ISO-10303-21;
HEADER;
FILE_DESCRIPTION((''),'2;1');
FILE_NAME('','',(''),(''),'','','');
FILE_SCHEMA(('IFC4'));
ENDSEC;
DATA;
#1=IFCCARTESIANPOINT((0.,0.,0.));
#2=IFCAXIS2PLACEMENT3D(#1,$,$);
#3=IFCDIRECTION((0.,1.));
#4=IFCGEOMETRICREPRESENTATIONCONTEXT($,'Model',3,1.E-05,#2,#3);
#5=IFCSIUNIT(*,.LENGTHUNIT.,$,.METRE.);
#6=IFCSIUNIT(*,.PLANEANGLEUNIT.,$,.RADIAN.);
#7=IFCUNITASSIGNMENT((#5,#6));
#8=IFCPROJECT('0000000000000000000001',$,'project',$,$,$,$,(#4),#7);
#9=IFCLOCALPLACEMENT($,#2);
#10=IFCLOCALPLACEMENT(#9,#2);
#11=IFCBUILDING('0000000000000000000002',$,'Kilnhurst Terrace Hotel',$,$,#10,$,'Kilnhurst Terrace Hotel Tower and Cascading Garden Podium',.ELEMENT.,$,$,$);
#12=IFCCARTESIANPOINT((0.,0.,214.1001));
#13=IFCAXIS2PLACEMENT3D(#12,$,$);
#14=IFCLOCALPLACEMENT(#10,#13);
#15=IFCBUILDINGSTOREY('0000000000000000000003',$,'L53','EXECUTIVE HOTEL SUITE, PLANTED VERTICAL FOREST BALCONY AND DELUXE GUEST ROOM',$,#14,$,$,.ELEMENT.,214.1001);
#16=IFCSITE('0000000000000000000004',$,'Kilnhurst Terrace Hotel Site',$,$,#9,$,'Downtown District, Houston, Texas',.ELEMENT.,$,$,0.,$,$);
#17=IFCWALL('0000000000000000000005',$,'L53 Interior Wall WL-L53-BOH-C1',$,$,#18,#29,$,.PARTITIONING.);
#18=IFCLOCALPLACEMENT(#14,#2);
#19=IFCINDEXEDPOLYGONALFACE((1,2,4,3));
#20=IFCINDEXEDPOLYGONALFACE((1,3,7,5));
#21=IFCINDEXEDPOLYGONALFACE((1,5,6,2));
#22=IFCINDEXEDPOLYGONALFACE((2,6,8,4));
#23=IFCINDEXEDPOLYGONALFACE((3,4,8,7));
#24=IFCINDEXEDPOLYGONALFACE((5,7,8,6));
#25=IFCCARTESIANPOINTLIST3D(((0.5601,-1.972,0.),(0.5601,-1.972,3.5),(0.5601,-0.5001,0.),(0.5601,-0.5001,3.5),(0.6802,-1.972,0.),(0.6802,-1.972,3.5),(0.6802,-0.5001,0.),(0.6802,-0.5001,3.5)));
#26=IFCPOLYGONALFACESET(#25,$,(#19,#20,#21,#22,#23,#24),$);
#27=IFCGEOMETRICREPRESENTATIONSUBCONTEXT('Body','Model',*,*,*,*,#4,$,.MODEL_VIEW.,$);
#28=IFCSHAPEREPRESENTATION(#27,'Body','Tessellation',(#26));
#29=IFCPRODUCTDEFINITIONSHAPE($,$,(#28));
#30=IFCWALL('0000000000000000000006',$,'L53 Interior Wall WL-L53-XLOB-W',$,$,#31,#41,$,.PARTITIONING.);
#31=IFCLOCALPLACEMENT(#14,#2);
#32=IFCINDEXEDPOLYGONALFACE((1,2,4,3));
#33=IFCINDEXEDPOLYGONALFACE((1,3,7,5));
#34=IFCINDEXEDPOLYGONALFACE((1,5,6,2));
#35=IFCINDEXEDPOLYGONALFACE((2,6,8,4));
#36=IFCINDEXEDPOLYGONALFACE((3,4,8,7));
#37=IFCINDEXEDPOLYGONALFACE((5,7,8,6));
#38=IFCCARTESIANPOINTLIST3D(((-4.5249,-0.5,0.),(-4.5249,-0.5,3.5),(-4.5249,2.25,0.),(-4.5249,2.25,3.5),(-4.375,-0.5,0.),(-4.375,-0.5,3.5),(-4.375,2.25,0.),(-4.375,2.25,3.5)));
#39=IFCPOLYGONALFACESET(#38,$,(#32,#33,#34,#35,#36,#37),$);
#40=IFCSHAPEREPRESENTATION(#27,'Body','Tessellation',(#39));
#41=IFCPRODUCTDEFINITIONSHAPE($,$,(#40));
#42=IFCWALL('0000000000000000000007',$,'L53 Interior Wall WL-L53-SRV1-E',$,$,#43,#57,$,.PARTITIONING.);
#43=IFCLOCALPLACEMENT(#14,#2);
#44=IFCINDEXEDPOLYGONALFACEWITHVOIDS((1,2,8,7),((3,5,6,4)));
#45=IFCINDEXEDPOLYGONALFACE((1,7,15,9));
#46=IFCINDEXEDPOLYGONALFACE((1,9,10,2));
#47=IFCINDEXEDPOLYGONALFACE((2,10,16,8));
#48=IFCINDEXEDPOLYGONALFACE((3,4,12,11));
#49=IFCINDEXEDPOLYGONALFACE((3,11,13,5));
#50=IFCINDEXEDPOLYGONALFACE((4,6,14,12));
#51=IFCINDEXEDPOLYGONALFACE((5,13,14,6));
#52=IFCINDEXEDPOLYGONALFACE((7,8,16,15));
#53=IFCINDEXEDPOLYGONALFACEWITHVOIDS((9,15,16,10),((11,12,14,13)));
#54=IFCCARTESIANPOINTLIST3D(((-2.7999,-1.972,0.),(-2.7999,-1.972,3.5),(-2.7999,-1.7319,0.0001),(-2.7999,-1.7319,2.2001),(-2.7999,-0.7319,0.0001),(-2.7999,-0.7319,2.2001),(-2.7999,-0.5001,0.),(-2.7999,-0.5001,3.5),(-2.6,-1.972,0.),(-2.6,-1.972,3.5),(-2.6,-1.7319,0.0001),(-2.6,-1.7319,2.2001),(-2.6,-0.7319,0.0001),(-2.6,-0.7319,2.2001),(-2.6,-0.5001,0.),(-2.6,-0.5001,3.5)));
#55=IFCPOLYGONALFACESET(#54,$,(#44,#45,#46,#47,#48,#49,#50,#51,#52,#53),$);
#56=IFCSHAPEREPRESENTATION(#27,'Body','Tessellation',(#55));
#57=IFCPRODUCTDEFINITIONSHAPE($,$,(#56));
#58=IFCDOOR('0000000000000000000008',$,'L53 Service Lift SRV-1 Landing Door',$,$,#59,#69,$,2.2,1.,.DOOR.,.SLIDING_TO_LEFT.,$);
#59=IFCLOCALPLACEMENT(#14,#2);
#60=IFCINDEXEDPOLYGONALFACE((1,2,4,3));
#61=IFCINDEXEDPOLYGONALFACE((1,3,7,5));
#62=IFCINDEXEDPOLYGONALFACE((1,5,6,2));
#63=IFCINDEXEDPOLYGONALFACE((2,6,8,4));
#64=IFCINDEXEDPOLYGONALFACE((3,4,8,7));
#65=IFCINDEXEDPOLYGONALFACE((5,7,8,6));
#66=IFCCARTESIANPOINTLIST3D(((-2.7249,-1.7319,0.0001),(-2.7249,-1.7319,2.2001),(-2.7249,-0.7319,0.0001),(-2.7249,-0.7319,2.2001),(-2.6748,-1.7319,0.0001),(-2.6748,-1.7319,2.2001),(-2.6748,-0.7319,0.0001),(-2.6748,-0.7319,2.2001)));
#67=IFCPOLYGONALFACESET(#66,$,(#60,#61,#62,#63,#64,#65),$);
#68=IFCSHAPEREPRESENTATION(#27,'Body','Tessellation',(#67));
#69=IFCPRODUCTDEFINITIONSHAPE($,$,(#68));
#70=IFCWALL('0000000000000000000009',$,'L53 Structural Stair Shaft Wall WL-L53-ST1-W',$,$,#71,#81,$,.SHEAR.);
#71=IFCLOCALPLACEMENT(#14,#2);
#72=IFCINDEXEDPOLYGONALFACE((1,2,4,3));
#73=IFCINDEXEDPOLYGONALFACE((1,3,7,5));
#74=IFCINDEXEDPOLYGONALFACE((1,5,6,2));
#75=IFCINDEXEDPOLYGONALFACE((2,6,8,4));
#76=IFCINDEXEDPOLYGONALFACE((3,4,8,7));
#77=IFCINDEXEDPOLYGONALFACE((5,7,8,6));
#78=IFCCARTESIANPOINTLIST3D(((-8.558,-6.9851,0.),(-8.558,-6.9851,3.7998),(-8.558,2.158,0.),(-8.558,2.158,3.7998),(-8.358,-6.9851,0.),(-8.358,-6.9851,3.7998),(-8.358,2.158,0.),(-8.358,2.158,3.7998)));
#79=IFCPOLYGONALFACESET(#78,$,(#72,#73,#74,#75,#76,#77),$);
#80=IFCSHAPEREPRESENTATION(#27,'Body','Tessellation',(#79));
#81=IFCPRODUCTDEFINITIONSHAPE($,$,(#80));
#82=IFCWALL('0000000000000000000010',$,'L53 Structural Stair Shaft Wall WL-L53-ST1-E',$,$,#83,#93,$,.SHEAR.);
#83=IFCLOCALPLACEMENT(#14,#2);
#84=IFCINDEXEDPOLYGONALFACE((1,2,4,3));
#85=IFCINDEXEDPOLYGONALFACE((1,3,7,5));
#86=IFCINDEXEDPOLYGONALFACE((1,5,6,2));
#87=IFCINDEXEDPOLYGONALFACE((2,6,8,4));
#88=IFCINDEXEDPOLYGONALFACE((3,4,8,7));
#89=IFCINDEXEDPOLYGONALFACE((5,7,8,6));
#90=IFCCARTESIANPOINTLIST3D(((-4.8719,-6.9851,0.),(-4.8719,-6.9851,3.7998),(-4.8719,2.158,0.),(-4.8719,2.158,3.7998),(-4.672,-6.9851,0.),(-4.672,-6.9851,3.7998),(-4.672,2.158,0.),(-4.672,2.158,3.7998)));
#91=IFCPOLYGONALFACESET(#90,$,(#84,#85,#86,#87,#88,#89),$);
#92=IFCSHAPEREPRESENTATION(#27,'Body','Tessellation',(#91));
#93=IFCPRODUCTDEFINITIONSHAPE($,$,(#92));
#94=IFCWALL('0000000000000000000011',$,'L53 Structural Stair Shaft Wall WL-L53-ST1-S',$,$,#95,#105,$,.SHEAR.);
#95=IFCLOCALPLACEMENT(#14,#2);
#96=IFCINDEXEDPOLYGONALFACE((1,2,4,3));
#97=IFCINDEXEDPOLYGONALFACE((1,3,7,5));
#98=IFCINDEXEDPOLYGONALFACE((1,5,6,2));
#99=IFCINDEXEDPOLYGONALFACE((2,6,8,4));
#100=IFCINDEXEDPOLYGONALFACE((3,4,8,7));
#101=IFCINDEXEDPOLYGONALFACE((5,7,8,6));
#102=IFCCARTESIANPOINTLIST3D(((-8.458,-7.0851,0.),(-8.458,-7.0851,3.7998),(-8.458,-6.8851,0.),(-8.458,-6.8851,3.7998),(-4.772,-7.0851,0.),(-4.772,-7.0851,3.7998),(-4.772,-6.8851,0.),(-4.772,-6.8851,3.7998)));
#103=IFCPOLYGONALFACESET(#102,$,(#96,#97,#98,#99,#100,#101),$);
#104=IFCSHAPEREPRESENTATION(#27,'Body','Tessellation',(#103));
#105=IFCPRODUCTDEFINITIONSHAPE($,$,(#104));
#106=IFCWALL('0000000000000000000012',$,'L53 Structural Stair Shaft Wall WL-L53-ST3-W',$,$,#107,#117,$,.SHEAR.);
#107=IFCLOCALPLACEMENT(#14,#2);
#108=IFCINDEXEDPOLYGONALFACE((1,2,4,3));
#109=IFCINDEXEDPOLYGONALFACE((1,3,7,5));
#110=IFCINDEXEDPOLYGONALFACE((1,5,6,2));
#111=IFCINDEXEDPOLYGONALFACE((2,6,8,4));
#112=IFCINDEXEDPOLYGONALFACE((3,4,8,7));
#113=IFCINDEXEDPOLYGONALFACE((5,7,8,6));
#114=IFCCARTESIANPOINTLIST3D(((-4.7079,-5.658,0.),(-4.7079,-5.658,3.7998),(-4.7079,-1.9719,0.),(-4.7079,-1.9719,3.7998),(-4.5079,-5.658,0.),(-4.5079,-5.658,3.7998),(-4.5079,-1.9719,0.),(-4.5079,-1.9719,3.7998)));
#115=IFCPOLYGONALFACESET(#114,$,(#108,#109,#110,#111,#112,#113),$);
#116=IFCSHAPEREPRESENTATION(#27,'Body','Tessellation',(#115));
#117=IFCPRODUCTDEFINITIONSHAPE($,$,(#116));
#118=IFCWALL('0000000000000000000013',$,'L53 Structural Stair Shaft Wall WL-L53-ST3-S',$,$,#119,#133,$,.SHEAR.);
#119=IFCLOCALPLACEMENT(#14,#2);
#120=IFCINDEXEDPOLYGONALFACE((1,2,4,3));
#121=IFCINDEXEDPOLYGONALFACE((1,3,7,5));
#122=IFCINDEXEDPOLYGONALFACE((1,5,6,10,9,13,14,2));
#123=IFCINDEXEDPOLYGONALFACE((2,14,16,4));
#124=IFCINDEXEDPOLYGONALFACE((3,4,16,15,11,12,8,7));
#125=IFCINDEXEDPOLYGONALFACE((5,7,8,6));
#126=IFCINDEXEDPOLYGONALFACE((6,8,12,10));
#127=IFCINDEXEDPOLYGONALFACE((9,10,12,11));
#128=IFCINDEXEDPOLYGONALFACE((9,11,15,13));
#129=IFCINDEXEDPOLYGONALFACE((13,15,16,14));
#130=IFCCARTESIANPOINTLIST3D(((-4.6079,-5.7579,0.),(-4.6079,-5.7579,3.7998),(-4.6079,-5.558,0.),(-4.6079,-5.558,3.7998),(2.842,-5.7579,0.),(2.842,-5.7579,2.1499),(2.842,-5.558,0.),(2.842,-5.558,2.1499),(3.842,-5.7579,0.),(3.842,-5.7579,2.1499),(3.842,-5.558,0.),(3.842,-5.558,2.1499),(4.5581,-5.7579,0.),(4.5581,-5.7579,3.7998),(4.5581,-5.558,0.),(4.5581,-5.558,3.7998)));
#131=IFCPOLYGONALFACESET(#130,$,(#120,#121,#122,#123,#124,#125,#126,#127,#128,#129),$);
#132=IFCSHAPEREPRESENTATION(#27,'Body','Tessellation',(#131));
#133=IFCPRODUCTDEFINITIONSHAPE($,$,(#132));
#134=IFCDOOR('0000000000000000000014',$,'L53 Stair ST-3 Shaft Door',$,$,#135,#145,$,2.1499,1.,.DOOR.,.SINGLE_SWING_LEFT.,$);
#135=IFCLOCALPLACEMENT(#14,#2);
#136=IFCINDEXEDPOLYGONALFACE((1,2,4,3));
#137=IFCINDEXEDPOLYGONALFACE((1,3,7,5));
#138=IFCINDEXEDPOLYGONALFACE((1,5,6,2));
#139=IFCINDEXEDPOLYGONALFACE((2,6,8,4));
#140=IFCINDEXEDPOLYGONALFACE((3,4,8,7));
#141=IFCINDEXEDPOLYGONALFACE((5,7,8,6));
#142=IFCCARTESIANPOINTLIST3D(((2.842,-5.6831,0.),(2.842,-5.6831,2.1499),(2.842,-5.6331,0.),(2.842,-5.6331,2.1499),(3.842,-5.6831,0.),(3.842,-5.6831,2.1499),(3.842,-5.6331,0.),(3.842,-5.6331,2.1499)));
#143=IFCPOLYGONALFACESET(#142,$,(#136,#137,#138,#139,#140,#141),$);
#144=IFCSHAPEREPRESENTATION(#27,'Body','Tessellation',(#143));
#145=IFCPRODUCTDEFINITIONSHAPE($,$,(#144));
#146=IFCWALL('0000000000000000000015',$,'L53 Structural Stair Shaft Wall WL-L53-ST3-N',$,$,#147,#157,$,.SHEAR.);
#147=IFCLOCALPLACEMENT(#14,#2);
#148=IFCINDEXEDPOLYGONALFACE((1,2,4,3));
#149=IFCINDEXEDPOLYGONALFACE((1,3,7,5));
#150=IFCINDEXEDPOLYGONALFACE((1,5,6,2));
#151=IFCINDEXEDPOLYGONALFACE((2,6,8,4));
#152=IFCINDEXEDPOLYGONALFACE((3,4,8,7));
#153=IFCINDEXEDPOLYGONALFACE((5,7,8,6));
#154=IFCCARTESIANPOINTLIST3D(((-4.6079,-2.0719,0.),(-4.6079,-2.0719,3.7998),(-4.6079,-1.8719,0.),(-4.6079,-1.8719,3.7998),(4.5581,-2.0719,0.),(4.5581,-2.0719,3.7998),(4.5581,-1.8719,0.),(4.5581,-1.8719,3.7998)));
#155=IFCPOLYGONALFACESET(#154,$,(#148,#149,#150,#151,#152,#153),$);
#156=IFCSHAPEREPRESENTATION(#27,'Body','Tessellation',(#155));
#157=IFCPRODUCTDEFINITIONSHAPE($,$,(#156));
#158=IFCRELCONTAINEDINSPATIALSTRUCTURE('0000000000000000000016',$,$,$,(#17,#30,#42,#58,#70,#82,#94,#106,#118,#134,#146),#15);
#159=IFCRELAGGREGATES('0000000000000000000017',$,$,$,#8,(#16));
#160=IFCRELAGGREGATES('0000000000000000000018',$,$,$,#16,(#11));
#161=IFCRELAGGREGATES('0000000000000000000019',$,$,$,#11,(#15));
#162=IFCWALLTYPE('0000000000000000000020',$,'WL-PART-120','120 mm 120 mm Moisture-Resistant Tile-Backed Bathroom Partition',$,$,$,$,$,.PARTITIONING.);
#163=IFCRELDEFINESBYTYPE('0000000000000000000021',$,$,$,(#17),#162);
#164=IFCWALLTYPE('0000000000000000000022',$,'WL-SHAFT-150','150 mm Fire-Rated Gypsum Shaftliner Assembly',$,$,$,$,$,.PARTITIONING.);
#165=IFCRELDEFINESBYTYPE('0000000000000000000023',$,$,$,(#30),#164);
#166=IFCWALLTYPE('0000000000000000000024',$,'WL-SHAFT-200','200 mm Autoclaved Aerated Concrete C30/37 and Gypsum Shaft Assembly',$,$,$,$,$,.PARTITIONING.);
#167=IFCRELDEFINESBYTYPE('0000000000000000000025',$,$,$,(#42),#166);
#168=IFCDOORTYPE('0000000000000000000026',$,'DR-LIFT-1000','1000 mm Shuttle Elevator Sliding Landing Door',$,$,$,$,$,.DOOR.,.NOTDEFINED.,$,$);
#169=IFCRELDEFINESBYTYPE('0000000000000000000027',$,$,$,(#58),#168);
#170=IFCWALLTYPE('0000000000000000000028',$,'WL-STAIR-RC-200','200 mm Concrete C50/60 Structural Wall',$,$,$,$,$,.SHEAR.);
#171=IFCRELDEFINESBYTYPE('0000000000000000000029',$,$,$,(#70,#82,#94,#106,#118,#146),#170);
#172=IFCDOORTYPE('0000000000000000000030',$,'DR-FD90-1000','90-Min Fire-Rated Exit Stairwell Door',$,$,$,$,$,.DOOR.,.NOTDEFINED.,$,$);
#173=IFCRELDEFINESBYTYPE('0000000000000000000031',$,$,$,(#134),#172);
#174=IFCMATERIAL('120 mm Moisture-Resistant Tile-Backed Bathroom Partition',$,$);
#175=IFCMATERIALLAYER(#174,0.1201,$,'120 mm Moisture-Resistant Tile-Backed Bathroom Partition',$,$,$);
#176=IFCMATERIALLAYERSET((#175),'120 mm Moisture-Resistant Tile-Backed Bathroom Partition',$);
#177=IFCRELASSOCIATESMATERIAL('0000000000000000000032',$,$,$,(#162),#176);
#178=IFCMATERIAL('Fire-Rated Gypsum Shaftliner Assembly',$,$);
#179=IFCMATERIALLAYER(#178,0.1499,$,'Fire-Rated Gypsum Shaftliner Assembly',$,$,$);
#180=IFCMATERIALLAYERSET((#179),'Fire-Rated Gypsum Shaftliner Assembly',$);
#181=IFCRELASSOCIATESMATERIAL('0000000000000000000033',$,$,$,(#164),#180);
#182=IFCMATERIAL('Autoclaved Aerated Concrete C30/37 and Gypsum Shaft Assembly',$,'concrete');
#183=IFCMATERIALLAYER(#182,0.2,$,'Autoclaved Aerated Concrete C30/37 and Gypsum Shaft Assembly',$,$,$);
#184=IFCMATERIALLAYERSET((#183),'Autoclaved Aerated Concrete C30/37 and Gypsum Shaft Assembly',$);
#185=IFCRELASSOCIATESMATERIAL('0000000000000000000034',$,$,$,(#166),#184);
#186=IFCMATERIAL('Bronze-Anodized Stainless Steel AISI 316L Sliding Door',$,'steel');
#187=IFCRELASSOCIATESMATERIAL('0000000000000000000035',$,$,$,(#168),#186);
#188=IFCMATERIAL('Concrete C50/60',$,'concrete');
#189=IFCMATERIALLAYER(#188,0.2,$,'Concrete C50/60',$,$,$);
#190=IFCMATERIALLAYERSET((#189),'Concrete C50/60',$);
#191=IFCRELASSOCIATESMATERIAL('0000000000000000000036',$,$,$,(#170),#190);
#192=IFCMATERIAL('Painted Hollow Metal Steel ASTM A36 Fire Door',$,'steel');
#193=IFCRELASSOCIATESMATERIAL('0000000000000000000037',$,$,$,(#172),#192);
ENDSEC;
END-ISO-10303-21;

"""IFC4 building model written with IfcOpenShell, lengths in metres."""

from ifc_helpers import new_model, si_unit, direction, frame, frame_2d, origin, place, context, subcontext, project, spatial, rectangle, extrude, material, layer, layer_set, type_object, element, fill, save


model = new_model("IFC4")

# Units and contexts
model_context = context("Model", 3, precision=1e-05, world=origin(), true_north=direction((0.0, 1.0)))
body_context = subcontext(model_context, "Body", "Model", "MODEL_VIEW")
ifc_project = project(units=[si_unit("LENGTHUNIT", "METRE"), si_unit("PLANEANGLEUNIT", "RADIAN")], contexts=[model_context])

# Site, building, storey
site_placement = place(None, origin())
site = spatial("IfcSite", under=ifc_project, at=site_placement, Name="Kilnhurst Terrace Hotel Site", LongName="Downtown District, Houston, Texas", CompositionType="ELEMENT", RefElevation=0.0)
building_placement = place(site_placement, origin())
building = spatial("IfcBuilding", under=site, at=building_placement, Name="Kilnhurst Terrace Hotel", LongName="Kilnhurst Terrace Hotel Tower and Cascading Garden Podium", CompositionType="ELEMENT")
storey_placement = place(building_placement, frame((0.0, 0.0, 214.1001)))
storey = spatial("IfcBuildingStorey", under=building, at=storey_placement, Name="L53", Description="EXECUTIVE HOTEL SUITE, PLANTED VERTICAL FOREST BALCONY AND DELUXE GUEST ROOM", CompositionType="ELEMENT", Elevation=214.1001)

# Walls
ifc_material_1 = material(Name="120 mm Moisture-Resistant Tile-Backed Bathroom Partition")
ifc_layer_1 = layer(ifc_material_1, 0.1201, Name="120 mm Moisture-Resistant Tile-Backed Bathroom Partition")
ifc_layer_set_1 = layer_set([ifc_layer_1], Name="120 mm Moisture-Resistant Tile-Backed Bathroom Partition")
wall_type_1 = type_object("IfcWallType", Name="WL-PART-120", Description="120 mm 120 mm Moisture-Resistant Tile-Backed Bathroom Partition", PredefinedType="PARTITIONING", material=ifc_layer_set_1)
wall_1_placement = place(storey_placement, frame((0.6201, -1.9719, 0.0), z_axis=(0.0, 0.0, 1.0), x_axis=(0.0, 1.0, 0.0)))
element("IfcWall", 1, at=wall_1_placement, inside=storey, type_object=wall_type_1, Name="L53 Interior Wall WL-L53-BOH-C1", PredefinedType="PARTITIONING", context=body_context, shape_type="SweptSolid", body=[
    extrude(rectangle(XDim=1.4719, YDim=0.1201, at=frame_2d((0.7358, 0.0))), origin(), (0.0, 0.0, 1.0), 3.5),
])
ifc_material_2 = material(Name="Fire-Rated Gypsum Shaftliner Assembly")
ifc_layer_2 = layer(ifc_material_2, 0.1499, Name="Fire-Rated Gypsum Shaftliner Assembly")
ifc_layer_set_2 = layer_set([ifc_layer_2], Name="Fire-Rated Gypsum Shaftliner Assembly")
wall_type_2 = type_object("IfcWallType", Name="WL-SHAFT-150", Description="150 mm Fire-Rated Gypsum Shaftliner Assembly", PredefinedType="PARTITIONING", material=ifc_layer_set_2)
wall_2_placement = place(storey_placement, frame((-4.45, -0.5, 0.0), z_axis=(0.0, 0.0, 1.0), x_axis=(0.0, 1.0, 0.0)))
element("IfcWall", 2, at=wall_2_placement, inside=storey, type_object=wall_type_2, Name="L53 Interior Wall WL-L53-XLOB-W", PredefinedType="PARTITIONING", context=body_context, shape_type="SweptSolid", body=[
    extrude(rectangle(XDim=2.75, YDim=0.1499, at=frame_2d((1.375, 0.0))), origin(), (0.0, 0.0, 1.0), 3.5),
])

# Wall, opening, door
ifc_material_3 = material(Name="Autoclaved Aerated Concrete C30/37 and Gypsum Shaft Assembly", Category="concrete")
ifc_layer_3 = layer(ifc_material_3, 0.2, Name="Autoclaved Aerated Concrete C30/37 and Gypsum Shaft Assembly")
ifc_layer_set_3 = layer_set([ifc_layer_3], Name="Autoclaved Aerated Concrete C30/37 and Gypsum Shaft Assembly")
wall_type_3 = type_object("IfcWallType", Name="WL-SHAFT-200", Description="200 mm Autoclaved Aerated Concrete C30/37 and Gypsum Shaft Assembly", PredefinedType="PARTITIONING", material=ifc_layer_set_3)
wall_3_placement = place(storey_placement, frame((-2.7, -1.9719, 0.0), z_axis=(0.0, 0.0, 1.0), x_axis=(0.0, 1.0, 0.0)))
wall_3 = element("IfcWall", 3, at=wall_3_placement, inside=storey, type_object=wall_type_3, Name="L53 Interior Wall WL-L53-SRV1-E", PredefinedType="PARTITIONING", context=body_context, shape_type="SweptSolid", body=[
    extrude(rectangle(XDim=1.4719, YDim=0.2, at=frame_2d((0.7358, 0.0))), origin(), (0.0, 0.0, 1.0), 3.5),
])
opening_1_placement = place(wall_3_placement, frame((0.24, 0.0, 0.0)))
opening_1 = element("IfcOpeningElement", 4, at=opening_1_placement, cuts=wall_3, PredefinedType="OPENING", context=body_context, shape_type="SweptSolid", body=[
    extrude(rectangle(XDim=1.0, YDim=2.2, at=frame_2d((0.5, 1.1001))), frame((0.0, 0.1099, 0.0), z_axis=(0.0, -1.0, 0.0), x_axis=(1.0, 0.0, 0.0)), (0.0, 0.0, 1.0), 0.22),
])
ifc_material_4 = material(Name="Bronze-Anodized Stainless Steel AISI 316L Sliding Door", Category="steel")
door_type_1 = type_object("IfcDoorType", Name="DR-LIFT-1000", Description="1000 mm Shuttle Elevator Sliding Landing Door", OperationType="NOTDEFINED", PredefinedType="DOOR", material=ifc_material_4)
door_1_placement = place(opening_1_placement, origin())
door_1 = element("IfcDoor", 5, at=door_1_placement, inside=storey, type_object=door_type_1, Name="L53 Service Lift SRV-1 Landing Door", OperationType="SLIDING_TO_LEFT", OverallHeight=2.2, OverallWidth=1.0, PredefinedType="DOOR", context=body_context, shape_type="SweptSolid", body=[
    extrude(rectangle(XDim=1.0, YDim=2.2, at=frame_2d((0.5, 1.1001))), frame((0.0, 0.0249, 0.0), z_axis=(0.0, -1.0, 0.0), x_axis=(1.0, 0.0, 0.0)), (0.0, 0.0, 1.0), 0.05),
])
fill(opening_1, door_1)

# Walls
ifc_material_5 = material(Name="Concrete C50/60", Category="concrete")
ifc_layer_4 = layer(ifc_material_5, 0.2, Name="Concrete C50/60")
ifc_layer_set_4 = layer_set([ifc_layer_4], Name="Concrete C50/60")
wall_type_4 = type_object("IfcWallType", Name="WL-STAIR-RC-200", Description="200 mm Concrete C50/60 Structural Wall", PredefinedType="SHEAR", material=ifc_layer_set_4)
for number, where, z_axis, x_axis, name in (
    (6, (-8.458, -6.9851, 0.0), (0.0, 0.0, 1.0), (0.0, 1.0, 0.0), "L53 Structural Stair Shaft Wall WL-L53-ST1-W"),
    (7, (-4.772, -6.9851, 0.0), (0.0, 0.0, 1.0), (0.0, 1.0, 0.0), "L53 Structural Stair Shaft Wall WL-L53-ST1-E"),
):
    element("IfcWall", number, at=place(storey_placement, frame(where, z_axis=z_axis, x_axis=x_axis)), inside=storey, type_object=wall_type_4, Name=name, PredefinedType="SHEAR", context=body_context, shape_type="SweptSolid", body=[
        extrude(rectangle(XDim=9.1431, YDim=0.2, at=frame_2d((4.5715, 0.0))), origin(), (0.0, 0.0, 1.0), 3.7998),
    ])
for number, where, z_axis, x_axis, name in (
    (8, (-8.458, -6.9851, 0.0), (0.0, 0.0, 1.0), (1.0, 0.0, 0.0), "L53 Structural Stair Shaft Wall WL-L53-ST1-S"),
    (9, (-4.6079, -5.658, 0.0), (0.0, 0.0, 1.0), (0.0, 1.0, 0.0), "L53 Structural Stair Shaft Wall WL-L53-ST3-W"),
):
    element("IfcWall", number, at=place(storey_placement, frame(where, z_axis=z_axis, x_axis=x_axis)), inside=storey, type_object=wall_type_4, Name=name, PredefinedType="SHEAR", context=body_context, shape_type="SweptSolid", body=[
        extrude(rectangle(XDim=3.686, YDim=0.2, at=frame_2d((1.843, 0.0))), origin(), (0.0, 0.0, 1.0), 3.7998),
    ])

# Wall, opening, door
wall_4_placement = place(storey_placement, frame((-4.6079, -5.658, 0.0), z_axis=(0.0, 0.0, 1.0), x_axis=(1.0, 0.0, 0.0)))
wall_4 = element("IfcWall", 10, at=wall_4_placement, inside=storey, type_object=wall_type_4, Name="L53 Structural Stair Shaft Wall WL-L53-ST3-S", PredefinedType="SHEAR", context=body_context, shape_type="SweptSolid", body=[
    extrude(rectangle(XDim=9.166, YDim=0.2, at=frame_2d((4.583, 0.0))), origin(), (0.0, 0.0, 1.0), 3.7998),
])
opening_2_placement = place(wall_4_placement, frame((7.45, 0.0, 0.0)))
opening_2 = element("IfcOpeningElement", 11, at=opening_2_placement, cuts=wall_4, PredefinedType="OPENING", context=body_context, shape_type="SweptSolid", body=[
    extrude(rectangle(XDim=1.0, YDim=2.1499, at=frame_2d((0.5, 1.075))), frame((0.0, 0.1099, 0.0), z_axis=(0.0, -1.0, 0.0), x_axis=(1.0, 0.0, 0.0)), (0.0, 0.0, 1.0), 0.22),
])
ifc_material_6 = material(Name="Painted Hollow Metal Steel ASTM A36 Fire Door", Category="steel")
door_type_2 = type_object("IfcDoorType", Name="DR-FD90-1000", Description="90-Min Fire-Rated Exit Stairwell Door", OperationType="NOTDEFINED", PredefinedType="DOOR", material=ifc_material_6)
door_2_placement = place(opening_2_placement, origin())
door_2 = element("IfcDoor", 12, at=door_2_placement, inside=storey, type_object=door_type_2, Name="L53 Stair ST-3 Shaft Door", OperationType="SINGLE_SWING_LEFT", OverallHeight=2.1499, OverallWidth=1.0, PredefinedType="DOOR", context=body_context, shape_type="SweptSolid", body=[
    extrude(rectangle(XDim=1.0, YDim=2.1499, at=frame_2d((0.5, 1.075))), frame((0.0, 0.0249, 0.0), z_axis=(0.0, -1.0, 0.0), x_axis=(1.0, 0.0, 0.0)), (0.0, 0.0, 1.0), 0.05),
])
fill(opening_2, door_2)

# Wall
wall_5_placement = place(storey_placement, frame((-4.6079, -1.9719, 0.0), z_axis=(0.0, 0.0, 1.0), x_axis=(1.0, 0.0, 0.0)))
element("IfcWall", 13, at=wall_5_placement, inside=storey, type_object=wall_type_4, Name="L53 Structural Stair Shaft Wall WL-L53-ST3-N", PredefinedType="SHEAR", context=body_context, shape_type="SweptSolid", body=[
    extrude(rectangle(XDim=9.166, YDim=0.2, at=frame_2d((4.583, 0.0))), origin(), (0.0, 0.0, 1.0), 3.7998),
])

save(model, "model.ifc")
